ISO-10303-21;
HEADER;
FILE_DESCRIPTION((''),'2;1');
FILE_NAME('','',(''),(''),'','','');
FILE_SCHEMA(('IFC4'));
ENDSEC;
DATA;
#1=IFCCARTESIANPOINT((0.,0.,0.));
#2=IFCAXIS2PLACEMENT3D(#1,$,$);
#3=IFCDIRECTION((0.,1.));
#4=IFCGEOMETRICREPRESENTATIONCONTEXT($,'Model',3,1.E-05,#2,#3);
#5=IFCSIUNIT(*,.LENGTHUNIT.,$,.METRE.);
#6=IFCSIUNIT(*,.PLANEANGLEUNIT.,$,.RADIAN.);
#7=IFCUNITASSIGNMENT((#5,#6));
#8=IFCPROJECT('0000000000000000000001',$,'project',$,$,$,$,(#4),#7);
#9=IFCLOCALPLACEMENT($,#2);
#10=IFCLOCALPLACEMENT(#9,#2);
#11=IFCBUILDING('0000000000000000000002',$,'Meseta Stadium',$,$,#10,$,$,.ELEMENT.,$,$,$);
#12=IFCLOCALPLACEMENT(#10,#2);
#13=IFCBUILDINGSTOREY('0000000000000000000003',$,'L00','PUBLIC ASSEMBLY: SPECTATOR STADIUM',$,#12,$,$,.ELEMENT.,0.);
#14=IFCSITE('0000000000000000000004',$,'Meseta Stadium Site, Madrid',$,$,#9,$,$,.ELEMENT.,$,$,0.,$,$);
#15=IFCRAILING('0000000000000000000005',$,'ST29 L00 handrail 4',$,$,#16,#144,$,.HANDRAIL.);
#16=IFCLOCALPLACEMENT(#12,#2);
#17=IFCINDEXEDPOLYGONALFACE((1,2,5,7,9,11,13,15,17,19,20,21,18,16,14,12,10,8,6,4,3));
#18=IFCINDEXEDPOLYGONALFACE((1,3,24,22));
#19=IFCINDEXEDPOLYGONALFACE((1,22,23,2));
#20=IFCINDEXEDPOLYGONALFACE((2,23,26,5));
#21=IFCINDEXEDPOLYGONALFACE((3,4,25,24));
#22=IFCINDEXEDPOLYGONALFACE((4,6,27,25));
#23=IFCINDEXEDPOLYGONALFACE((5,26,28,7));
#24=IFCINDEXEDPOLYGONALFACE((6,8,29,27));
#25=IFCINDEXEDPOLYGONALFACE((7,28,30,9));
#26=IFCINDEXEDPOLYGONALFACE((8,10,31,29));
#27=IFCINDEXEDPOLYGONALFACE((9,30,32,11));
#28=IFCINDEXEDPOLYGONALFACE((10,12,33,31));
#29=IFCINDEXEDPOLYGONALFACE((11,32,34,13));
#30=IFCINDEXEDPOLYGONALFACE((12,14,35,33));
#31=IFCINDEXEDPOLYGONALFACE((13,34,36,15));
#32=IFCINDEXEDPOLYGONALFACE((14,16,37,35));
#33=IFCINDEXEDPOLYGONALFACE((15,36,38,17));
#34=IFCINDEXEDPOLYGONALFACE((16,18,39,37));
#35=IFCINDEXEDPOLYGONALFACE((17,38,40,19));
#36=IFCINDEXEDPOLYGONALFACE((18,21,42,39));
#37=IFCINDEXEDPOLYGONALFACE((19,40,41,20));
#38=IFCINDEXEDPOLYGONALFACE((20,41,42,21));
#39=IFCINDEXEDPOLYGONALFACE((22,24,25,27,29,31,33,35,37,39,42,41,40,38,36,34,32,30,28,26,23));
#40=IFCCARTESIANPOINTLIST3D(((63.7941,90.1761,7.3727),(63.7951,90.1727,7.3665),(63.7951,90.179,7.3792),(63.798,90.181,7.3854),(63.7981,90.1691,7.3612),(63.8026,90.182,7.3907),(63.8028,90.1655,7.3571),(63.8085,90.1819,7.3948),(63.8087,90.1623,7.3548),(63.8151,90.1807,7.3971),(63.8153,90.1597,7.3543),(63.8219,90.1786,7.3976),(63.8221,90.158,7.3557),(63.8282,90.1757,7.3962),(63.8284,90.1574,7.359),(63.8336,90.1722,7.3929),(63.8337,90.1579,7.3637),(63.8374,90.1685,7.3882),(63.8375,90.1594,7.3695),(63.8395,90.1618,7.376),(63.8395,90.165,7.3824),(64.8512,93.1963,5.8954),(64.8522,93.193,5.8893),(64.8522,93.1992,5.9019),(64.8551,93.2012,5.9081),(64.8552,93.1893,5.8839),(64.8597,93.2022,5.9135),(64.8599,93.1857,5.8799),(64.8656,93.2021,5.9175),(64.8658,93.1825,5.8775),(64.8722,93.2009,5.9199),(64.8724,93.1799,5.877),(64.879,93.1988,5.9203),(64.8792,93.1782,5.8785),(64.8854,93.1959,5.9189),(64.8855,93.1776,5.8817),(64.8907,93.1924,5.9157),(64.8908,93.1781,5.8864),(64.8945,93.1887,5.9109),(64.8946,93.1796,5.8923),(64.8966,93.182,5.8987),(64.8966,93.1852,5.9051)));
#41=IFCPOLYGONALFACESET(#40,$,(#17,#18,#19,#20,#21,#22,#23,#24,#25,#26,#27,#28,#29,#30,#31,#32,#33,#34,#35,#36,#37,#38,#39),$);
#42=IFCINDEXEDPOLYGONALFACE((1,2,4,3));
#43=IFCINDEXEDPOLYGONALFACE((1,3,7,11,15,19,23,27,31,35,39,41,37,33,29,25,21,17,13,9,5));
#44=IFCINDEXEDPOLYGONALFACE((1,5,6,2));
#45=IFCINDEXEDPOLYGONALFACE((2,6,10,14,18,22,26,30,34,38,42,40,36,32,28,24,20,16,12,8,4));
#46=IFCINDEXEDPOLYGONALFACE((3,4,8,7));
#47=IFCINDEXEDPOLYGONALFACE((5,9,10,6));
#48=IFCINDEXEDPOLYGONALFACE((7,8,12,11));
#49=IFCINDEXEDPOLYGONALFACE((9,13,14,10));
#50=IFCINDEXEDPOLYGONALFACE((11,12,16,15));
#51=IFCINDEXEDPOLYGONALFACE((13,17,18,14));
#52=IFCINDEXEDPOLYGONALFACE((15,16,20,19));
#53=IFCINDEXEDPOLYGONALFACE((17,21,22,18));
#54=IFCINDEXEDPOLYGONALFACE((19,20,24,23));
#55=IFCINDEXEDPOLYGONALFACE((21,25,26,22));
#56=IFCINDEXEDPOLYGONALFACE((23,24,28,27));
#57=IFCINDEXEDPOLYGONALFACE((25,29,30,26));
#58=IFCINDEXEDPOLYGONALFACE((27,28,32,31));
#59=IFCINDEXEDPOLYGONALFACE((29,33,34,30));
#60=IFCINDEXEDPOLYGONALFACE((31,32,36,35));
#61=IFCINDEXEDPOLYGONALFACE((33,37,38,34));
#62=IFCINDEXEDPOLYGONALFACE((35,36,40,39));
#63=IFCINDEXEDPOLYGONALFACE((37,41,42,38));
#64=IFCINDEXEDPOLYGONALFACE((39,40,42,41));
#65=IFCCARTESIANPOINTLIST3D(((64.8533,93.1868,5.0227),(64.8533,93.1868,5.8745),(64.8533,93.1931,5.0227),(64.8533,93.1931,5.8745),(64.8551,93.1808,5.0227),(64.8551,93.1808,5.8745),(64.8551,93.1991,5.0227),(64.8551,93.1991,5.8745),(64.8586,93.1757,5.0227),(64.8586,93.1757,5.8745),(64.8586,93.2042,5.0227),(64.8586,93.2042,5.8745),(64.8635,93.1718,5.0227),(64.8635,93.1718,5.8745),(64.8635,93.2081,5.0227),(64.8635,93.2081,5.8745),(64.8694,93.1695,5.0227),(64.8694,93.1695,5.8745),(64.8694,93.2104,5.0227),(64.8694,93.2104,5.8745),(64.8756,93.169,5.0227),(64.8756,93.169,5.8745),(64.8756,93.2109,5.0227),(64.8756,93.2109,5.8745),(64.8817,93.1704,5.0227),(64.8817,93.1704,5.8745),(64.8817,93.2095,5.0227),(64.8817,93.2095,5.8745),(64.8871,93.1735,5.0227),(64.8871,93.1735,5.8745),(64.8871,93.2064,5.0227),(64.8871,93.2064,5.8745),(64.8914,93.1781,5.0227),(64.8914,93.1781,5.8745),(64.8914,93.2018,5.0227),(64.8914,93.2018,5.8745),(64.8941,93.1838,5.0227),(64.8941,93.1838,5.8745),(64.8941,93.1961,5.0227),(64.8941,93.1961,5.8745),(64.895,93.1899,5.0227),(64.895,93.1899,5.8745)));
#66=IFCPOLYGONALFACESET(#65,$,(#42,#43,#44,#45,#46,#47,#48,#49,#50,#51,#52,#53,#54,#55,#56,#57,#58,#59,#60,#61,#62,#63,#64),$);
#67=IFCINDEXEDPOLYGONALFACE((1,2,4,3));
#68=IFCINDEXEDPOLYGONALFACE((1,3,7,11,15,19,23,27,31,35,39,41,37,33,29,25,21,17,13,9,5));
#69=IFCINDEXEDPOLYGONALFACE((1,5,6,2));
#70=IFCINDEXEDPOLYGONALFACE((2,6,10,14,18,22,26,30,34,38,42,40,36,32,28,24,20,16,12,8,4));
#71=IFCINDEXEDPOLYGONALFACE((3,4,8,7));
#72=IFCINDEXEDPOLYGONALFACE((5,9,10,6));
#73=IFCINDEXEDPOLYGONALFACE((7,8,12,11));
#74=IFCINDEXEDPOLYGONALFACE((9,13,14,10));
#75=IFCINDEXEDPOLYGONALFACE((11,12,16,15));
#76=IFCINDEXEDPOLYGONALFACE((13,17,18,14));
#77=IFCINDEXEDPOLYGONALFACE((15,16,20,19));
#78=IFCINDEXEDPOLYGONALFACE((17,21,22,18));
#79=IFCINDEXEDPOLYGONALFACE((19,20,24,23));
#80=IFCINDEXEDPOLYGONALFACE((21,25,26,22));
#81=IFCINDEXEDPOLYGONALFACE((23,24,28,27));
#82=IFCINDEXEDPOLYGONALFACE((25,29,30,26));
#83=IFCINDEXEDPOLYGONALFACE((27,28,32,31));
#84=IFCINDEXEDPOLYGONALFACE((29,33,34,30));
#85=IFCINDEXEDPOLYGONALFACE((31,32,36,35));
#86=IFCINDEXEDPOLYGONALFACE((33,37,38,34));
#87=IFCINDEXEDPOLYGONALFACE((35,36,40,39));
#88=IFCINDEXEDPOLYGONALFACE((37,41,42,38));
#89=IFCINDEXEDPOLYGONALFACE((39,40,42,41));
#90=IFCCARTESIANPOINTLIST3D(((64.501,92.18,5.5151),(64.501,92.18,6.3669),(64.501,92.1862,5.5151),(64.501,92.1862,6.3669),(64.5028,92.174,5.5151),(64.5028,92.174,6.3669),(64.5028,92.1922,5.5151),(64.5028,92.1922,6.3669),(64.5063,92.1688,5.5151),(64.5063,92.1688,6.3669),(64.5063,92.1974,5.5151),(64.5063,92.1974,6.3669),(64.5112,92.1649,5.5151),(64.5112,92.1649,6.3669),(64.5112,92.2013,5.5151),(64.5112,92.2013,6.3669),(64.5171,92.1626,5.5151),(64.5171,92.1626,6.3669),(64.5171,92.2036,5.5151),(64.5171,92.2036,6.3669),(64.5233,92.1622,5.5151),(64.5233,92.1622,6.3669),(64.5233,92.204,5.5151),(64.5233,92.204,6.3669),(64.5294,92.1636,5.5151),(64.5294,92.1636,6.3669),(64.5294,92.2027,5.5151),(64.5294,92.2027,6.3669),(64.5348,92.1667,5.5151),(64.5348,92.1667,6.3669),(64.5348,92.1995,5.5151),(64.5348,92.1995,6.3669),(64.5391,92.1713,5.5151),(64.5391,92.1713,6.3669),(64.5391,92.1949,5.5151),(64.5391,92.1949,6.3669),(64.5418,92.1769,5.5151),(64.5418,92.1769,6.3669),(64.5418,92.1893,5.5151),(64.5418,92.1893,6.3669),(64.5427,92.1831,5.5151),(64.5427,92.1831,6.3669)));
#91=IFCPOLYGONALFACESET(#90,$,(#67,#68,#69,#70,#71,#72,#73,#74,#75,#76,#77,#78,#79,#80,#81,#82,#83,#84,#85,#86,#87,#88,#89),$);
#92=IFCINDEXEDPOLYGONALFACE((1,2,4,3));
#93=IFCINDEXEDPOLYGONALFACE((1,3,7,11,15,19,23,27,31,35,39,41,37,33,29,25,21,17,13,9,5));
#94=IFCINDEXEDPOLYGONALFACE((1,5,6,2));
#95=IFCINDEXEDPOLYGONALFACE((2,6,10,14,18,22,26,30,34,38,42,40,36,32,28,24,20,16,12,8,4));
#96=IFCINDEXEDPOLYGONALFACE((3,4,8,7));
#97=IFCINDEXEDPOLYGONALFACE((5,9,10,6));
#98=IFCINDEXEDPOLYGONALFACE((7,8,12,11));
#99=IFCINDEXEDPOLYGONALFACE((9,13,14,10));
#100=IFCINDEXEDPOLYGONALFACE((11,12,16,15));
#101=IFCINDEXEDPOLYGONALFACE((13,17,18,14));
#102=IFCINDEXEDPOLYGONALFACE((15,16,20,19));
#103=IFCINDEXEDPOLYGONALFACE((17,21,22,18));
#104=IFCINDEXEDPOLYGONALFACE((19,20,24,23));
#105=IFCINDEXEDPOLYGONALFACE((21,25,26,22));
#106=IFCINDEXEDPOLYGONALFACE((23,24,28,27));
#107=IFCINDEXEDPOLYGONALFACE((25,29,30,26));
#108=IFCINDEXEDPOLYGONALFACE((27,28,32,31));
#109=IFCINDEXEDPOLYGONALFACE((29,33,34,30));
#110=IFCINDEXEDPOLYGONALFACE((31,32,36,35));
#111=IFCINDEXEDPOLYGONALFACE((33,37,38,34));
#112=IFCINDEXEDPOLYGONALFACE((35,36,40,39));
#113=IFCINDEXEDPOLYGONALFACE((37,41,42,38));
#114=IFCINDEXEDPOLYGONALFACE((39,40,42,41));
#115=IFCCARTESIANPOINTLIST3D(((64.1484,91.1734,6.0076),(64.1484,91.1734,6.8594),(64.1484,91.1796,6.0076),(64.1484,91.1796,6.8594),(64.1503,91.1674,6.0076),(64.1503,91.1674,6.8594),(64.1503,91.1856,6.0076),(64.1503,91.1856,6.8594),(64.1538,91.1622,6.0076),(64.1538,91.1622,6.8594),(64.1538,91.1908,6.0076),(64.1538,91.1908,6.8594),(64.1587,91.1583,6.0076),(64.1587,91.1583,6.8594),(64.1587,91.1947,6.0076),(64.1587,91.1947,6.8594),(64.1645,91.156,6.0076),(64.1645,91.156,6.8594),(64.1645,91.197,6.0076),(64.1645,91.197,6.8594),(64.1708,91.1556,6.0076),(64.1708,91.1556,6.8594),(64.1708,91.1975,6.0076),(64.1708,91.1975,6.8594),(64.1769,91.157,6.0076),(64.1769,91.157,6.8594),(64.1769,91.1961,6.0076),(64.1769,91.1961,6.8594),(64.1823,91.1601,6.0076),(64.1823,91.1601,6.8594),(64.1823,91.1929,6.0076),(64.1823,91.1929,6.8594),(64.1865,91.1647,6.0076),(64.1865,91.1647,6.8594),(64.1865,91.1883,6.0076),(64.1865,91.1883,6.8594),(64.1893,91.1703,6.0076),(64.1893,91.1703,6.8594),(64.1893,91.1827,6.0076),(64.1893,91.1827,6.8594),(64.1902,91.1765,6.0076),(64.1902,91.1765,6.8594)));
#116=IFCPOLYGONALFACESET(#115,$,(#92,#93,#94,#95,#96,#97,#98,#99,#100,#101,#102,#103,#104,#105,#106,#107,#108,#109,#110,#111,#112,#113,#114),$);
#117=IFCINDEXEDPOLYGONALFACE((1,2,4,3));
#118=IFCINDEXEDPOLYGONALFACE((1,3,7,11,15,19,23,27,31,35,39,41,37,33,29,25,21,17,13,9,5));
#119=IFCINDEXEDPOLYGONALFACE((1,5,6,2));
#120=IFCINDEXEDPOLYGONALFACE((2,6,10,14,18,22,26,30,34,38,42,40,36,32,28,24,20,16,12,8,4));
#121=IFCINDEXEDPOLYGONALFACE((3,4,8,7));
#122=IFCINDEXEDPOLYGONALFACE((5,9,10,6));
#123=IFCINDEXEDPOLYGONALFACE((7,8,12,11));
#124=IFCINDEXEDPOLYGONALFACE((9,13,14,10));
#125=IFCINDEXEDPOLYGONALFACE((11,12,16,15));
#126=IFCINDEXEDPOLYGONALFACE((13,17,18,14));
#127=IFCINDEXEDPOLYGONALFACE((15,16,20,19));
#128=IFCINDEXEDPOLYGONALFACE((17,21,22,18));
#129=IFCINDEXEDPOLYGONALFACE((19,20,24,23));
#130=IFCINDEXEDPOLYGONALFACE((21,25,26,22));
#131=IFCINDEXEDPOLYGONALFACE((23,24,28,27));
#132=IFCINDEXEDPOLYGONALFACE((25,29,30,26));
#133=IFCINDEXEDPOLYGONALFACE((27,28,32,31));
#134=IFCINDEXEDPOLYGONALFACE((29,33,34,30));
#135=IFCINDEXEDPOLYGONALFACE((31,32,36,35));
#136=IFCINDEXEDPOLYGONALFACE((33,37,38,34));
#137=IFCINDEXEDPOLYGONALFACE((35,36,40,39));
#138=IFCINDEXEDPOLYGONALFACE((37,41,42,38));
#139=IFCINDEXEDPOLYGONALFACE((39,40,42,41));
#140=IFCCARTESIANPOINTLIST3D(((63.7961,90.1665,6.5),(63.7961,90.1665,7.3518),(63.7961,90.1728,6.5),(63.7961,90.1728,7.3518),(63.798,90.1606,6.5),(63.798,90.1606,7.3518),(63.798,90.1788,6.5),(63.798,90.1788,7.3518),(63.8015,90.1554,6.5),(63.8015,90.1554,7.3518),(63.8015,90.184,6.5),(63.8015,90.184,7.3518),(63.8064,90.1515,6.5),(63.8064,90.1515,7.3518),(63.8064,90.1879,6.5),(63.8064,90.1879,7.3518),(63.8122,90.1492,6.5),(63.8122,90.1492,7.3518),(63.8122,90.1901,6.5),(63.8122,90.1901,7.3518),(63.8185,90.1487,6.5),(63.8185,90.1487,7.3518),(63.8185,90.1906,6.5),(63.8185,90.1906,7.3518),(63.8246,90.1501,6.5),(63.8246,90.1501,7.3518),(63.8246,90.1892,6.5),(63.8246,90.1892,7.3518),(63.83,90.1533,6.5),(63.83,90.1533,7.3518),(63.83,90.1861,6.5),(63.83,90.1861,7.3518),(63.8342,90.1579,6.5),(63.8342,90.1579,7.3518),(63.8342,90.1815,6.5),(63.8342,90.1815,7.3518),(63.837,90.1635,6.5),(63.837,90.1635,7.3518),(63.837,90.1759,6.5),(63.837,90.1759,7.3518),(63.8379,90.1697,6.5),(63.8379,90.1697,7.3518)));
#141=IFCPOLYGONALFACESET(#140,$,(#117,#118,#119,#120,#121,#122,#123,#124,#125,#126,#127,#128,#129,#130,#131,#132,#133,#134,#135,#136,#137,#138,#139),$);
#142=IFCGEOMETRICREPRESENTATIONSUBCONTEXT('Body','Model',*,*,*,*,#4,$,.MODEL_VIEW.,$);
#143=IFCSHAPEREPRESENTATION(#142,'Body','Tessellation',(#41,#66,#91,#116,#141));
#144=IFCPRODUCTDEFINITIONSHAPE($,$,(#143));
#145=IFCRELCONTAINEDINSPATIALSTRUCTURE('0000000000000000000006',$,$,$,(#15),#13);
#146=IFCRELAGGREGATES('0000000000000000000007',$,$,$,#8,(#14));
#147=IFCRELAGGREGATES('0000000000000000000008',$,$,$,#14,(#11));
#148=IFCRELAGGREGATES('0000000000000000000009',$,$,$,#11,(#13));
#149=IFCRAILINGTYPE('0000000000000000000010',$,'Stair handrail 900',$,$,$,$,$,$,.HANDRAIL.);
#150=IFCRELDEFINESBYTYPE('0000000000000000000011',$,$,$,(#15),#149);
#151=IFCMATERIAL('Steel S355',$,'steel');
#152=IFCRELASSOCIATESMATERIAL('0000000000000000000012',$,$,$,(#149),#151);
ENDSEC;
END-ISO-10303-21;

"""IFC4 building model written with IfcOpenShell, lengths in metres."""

from ifc_helpers import new_model, si_unit, direction, frame, origin, origin_2d, place, context, subcontext, project, spatial, circle, extrude, material, type_object, element, save


model = new_model("IFC4")

# Units and contexts
model_context = context("Model", 3, precision=1e-05, world=origin(), true_north=direction((0.0, 1.0)))
body_context = subcontext(model_context, "Body", "Model", "MODEL_VIEW")
ifc_project = project(units=[si_unit("LENGTHUNIT", "METRE"), si_unit("PLANEANGLEUNIT", "RADIAN")], contexts=[model_context])

# Site, building, storey
site_placement = place(None, origin())
site = spatial("IfcSite", under=ifc_project, at=site_placement, Name="Meseta Stadium Site, Madrid", CompositionType="ELEMENT", RefElevation=0.0)
building_placement = place(site_placement, origin())
building = spatial("IfcBuilding", under=site, at=building_placement, Name="Meseta Stadium", CompositionType="ELEMENT")
storey_placement = place(building_placement, origin())
storey = spatial("IfcBuildingStorey", under=building, at=storey_placement, Name="L00", Description="PUBLIC ASSEMBLY: SPECTATOR STADIUM", CompositionType="ELEMENT", Elevation=0.0)

# Railing
ifc_material_1 = material(Name="Steel S355", Category="steel")
railing_type_1 = type_object("IfcRailingType", Name="Stair handrail 900", PredefinedType="HANDRAIL", material=ifc_material_1)
for number, where, name in (
    (1, (64.874, 93.1899, 5.0227), "ST29 L00 handrail 4"),
):
    element("IfcRailing", number, at=place(storey_placement, frame(where)), inside=storey, type_object=railing_type_1, Name=name, PredefinedType="HANDRAIL", context=body_context, shape_type="SweptSolid", body=[
        extrude(circle(Radius=0.0239, at=origin_2d()), frame((0.0, 0.0, 0.876), z_axis=(-0.29994, -0.85694, 0.419153), x_axis=(0.943855, -0.330361, 0.0)), (0.0, 0.0, 1.0), 3.5244),
        extrude(circle(Radius=0.021, at=origin_2d()), origin(), (0.0, 0.0, 1.0), 0.8518),
        extrude(circle(Radius=0.021, at=origin_2d()), frame((-0.3523, -1.0068, 0.4924)), (0.0, 0.0, 1.0), 0.8518),
        extrude(circle(Radius=0.021, at=origin_2d()), frame((-0.7048, -2.0134, 0.9849)), (0.0, 0.0, 1.0), 0.8518),
        extrude(circle(Radius=0.021, at=origin_2d()), frame((-1.0571, -3.0203, 1.4773)), (0.0, 0.0, 1.0), 0.8518),
    ])

save(model, "model.ifc")
